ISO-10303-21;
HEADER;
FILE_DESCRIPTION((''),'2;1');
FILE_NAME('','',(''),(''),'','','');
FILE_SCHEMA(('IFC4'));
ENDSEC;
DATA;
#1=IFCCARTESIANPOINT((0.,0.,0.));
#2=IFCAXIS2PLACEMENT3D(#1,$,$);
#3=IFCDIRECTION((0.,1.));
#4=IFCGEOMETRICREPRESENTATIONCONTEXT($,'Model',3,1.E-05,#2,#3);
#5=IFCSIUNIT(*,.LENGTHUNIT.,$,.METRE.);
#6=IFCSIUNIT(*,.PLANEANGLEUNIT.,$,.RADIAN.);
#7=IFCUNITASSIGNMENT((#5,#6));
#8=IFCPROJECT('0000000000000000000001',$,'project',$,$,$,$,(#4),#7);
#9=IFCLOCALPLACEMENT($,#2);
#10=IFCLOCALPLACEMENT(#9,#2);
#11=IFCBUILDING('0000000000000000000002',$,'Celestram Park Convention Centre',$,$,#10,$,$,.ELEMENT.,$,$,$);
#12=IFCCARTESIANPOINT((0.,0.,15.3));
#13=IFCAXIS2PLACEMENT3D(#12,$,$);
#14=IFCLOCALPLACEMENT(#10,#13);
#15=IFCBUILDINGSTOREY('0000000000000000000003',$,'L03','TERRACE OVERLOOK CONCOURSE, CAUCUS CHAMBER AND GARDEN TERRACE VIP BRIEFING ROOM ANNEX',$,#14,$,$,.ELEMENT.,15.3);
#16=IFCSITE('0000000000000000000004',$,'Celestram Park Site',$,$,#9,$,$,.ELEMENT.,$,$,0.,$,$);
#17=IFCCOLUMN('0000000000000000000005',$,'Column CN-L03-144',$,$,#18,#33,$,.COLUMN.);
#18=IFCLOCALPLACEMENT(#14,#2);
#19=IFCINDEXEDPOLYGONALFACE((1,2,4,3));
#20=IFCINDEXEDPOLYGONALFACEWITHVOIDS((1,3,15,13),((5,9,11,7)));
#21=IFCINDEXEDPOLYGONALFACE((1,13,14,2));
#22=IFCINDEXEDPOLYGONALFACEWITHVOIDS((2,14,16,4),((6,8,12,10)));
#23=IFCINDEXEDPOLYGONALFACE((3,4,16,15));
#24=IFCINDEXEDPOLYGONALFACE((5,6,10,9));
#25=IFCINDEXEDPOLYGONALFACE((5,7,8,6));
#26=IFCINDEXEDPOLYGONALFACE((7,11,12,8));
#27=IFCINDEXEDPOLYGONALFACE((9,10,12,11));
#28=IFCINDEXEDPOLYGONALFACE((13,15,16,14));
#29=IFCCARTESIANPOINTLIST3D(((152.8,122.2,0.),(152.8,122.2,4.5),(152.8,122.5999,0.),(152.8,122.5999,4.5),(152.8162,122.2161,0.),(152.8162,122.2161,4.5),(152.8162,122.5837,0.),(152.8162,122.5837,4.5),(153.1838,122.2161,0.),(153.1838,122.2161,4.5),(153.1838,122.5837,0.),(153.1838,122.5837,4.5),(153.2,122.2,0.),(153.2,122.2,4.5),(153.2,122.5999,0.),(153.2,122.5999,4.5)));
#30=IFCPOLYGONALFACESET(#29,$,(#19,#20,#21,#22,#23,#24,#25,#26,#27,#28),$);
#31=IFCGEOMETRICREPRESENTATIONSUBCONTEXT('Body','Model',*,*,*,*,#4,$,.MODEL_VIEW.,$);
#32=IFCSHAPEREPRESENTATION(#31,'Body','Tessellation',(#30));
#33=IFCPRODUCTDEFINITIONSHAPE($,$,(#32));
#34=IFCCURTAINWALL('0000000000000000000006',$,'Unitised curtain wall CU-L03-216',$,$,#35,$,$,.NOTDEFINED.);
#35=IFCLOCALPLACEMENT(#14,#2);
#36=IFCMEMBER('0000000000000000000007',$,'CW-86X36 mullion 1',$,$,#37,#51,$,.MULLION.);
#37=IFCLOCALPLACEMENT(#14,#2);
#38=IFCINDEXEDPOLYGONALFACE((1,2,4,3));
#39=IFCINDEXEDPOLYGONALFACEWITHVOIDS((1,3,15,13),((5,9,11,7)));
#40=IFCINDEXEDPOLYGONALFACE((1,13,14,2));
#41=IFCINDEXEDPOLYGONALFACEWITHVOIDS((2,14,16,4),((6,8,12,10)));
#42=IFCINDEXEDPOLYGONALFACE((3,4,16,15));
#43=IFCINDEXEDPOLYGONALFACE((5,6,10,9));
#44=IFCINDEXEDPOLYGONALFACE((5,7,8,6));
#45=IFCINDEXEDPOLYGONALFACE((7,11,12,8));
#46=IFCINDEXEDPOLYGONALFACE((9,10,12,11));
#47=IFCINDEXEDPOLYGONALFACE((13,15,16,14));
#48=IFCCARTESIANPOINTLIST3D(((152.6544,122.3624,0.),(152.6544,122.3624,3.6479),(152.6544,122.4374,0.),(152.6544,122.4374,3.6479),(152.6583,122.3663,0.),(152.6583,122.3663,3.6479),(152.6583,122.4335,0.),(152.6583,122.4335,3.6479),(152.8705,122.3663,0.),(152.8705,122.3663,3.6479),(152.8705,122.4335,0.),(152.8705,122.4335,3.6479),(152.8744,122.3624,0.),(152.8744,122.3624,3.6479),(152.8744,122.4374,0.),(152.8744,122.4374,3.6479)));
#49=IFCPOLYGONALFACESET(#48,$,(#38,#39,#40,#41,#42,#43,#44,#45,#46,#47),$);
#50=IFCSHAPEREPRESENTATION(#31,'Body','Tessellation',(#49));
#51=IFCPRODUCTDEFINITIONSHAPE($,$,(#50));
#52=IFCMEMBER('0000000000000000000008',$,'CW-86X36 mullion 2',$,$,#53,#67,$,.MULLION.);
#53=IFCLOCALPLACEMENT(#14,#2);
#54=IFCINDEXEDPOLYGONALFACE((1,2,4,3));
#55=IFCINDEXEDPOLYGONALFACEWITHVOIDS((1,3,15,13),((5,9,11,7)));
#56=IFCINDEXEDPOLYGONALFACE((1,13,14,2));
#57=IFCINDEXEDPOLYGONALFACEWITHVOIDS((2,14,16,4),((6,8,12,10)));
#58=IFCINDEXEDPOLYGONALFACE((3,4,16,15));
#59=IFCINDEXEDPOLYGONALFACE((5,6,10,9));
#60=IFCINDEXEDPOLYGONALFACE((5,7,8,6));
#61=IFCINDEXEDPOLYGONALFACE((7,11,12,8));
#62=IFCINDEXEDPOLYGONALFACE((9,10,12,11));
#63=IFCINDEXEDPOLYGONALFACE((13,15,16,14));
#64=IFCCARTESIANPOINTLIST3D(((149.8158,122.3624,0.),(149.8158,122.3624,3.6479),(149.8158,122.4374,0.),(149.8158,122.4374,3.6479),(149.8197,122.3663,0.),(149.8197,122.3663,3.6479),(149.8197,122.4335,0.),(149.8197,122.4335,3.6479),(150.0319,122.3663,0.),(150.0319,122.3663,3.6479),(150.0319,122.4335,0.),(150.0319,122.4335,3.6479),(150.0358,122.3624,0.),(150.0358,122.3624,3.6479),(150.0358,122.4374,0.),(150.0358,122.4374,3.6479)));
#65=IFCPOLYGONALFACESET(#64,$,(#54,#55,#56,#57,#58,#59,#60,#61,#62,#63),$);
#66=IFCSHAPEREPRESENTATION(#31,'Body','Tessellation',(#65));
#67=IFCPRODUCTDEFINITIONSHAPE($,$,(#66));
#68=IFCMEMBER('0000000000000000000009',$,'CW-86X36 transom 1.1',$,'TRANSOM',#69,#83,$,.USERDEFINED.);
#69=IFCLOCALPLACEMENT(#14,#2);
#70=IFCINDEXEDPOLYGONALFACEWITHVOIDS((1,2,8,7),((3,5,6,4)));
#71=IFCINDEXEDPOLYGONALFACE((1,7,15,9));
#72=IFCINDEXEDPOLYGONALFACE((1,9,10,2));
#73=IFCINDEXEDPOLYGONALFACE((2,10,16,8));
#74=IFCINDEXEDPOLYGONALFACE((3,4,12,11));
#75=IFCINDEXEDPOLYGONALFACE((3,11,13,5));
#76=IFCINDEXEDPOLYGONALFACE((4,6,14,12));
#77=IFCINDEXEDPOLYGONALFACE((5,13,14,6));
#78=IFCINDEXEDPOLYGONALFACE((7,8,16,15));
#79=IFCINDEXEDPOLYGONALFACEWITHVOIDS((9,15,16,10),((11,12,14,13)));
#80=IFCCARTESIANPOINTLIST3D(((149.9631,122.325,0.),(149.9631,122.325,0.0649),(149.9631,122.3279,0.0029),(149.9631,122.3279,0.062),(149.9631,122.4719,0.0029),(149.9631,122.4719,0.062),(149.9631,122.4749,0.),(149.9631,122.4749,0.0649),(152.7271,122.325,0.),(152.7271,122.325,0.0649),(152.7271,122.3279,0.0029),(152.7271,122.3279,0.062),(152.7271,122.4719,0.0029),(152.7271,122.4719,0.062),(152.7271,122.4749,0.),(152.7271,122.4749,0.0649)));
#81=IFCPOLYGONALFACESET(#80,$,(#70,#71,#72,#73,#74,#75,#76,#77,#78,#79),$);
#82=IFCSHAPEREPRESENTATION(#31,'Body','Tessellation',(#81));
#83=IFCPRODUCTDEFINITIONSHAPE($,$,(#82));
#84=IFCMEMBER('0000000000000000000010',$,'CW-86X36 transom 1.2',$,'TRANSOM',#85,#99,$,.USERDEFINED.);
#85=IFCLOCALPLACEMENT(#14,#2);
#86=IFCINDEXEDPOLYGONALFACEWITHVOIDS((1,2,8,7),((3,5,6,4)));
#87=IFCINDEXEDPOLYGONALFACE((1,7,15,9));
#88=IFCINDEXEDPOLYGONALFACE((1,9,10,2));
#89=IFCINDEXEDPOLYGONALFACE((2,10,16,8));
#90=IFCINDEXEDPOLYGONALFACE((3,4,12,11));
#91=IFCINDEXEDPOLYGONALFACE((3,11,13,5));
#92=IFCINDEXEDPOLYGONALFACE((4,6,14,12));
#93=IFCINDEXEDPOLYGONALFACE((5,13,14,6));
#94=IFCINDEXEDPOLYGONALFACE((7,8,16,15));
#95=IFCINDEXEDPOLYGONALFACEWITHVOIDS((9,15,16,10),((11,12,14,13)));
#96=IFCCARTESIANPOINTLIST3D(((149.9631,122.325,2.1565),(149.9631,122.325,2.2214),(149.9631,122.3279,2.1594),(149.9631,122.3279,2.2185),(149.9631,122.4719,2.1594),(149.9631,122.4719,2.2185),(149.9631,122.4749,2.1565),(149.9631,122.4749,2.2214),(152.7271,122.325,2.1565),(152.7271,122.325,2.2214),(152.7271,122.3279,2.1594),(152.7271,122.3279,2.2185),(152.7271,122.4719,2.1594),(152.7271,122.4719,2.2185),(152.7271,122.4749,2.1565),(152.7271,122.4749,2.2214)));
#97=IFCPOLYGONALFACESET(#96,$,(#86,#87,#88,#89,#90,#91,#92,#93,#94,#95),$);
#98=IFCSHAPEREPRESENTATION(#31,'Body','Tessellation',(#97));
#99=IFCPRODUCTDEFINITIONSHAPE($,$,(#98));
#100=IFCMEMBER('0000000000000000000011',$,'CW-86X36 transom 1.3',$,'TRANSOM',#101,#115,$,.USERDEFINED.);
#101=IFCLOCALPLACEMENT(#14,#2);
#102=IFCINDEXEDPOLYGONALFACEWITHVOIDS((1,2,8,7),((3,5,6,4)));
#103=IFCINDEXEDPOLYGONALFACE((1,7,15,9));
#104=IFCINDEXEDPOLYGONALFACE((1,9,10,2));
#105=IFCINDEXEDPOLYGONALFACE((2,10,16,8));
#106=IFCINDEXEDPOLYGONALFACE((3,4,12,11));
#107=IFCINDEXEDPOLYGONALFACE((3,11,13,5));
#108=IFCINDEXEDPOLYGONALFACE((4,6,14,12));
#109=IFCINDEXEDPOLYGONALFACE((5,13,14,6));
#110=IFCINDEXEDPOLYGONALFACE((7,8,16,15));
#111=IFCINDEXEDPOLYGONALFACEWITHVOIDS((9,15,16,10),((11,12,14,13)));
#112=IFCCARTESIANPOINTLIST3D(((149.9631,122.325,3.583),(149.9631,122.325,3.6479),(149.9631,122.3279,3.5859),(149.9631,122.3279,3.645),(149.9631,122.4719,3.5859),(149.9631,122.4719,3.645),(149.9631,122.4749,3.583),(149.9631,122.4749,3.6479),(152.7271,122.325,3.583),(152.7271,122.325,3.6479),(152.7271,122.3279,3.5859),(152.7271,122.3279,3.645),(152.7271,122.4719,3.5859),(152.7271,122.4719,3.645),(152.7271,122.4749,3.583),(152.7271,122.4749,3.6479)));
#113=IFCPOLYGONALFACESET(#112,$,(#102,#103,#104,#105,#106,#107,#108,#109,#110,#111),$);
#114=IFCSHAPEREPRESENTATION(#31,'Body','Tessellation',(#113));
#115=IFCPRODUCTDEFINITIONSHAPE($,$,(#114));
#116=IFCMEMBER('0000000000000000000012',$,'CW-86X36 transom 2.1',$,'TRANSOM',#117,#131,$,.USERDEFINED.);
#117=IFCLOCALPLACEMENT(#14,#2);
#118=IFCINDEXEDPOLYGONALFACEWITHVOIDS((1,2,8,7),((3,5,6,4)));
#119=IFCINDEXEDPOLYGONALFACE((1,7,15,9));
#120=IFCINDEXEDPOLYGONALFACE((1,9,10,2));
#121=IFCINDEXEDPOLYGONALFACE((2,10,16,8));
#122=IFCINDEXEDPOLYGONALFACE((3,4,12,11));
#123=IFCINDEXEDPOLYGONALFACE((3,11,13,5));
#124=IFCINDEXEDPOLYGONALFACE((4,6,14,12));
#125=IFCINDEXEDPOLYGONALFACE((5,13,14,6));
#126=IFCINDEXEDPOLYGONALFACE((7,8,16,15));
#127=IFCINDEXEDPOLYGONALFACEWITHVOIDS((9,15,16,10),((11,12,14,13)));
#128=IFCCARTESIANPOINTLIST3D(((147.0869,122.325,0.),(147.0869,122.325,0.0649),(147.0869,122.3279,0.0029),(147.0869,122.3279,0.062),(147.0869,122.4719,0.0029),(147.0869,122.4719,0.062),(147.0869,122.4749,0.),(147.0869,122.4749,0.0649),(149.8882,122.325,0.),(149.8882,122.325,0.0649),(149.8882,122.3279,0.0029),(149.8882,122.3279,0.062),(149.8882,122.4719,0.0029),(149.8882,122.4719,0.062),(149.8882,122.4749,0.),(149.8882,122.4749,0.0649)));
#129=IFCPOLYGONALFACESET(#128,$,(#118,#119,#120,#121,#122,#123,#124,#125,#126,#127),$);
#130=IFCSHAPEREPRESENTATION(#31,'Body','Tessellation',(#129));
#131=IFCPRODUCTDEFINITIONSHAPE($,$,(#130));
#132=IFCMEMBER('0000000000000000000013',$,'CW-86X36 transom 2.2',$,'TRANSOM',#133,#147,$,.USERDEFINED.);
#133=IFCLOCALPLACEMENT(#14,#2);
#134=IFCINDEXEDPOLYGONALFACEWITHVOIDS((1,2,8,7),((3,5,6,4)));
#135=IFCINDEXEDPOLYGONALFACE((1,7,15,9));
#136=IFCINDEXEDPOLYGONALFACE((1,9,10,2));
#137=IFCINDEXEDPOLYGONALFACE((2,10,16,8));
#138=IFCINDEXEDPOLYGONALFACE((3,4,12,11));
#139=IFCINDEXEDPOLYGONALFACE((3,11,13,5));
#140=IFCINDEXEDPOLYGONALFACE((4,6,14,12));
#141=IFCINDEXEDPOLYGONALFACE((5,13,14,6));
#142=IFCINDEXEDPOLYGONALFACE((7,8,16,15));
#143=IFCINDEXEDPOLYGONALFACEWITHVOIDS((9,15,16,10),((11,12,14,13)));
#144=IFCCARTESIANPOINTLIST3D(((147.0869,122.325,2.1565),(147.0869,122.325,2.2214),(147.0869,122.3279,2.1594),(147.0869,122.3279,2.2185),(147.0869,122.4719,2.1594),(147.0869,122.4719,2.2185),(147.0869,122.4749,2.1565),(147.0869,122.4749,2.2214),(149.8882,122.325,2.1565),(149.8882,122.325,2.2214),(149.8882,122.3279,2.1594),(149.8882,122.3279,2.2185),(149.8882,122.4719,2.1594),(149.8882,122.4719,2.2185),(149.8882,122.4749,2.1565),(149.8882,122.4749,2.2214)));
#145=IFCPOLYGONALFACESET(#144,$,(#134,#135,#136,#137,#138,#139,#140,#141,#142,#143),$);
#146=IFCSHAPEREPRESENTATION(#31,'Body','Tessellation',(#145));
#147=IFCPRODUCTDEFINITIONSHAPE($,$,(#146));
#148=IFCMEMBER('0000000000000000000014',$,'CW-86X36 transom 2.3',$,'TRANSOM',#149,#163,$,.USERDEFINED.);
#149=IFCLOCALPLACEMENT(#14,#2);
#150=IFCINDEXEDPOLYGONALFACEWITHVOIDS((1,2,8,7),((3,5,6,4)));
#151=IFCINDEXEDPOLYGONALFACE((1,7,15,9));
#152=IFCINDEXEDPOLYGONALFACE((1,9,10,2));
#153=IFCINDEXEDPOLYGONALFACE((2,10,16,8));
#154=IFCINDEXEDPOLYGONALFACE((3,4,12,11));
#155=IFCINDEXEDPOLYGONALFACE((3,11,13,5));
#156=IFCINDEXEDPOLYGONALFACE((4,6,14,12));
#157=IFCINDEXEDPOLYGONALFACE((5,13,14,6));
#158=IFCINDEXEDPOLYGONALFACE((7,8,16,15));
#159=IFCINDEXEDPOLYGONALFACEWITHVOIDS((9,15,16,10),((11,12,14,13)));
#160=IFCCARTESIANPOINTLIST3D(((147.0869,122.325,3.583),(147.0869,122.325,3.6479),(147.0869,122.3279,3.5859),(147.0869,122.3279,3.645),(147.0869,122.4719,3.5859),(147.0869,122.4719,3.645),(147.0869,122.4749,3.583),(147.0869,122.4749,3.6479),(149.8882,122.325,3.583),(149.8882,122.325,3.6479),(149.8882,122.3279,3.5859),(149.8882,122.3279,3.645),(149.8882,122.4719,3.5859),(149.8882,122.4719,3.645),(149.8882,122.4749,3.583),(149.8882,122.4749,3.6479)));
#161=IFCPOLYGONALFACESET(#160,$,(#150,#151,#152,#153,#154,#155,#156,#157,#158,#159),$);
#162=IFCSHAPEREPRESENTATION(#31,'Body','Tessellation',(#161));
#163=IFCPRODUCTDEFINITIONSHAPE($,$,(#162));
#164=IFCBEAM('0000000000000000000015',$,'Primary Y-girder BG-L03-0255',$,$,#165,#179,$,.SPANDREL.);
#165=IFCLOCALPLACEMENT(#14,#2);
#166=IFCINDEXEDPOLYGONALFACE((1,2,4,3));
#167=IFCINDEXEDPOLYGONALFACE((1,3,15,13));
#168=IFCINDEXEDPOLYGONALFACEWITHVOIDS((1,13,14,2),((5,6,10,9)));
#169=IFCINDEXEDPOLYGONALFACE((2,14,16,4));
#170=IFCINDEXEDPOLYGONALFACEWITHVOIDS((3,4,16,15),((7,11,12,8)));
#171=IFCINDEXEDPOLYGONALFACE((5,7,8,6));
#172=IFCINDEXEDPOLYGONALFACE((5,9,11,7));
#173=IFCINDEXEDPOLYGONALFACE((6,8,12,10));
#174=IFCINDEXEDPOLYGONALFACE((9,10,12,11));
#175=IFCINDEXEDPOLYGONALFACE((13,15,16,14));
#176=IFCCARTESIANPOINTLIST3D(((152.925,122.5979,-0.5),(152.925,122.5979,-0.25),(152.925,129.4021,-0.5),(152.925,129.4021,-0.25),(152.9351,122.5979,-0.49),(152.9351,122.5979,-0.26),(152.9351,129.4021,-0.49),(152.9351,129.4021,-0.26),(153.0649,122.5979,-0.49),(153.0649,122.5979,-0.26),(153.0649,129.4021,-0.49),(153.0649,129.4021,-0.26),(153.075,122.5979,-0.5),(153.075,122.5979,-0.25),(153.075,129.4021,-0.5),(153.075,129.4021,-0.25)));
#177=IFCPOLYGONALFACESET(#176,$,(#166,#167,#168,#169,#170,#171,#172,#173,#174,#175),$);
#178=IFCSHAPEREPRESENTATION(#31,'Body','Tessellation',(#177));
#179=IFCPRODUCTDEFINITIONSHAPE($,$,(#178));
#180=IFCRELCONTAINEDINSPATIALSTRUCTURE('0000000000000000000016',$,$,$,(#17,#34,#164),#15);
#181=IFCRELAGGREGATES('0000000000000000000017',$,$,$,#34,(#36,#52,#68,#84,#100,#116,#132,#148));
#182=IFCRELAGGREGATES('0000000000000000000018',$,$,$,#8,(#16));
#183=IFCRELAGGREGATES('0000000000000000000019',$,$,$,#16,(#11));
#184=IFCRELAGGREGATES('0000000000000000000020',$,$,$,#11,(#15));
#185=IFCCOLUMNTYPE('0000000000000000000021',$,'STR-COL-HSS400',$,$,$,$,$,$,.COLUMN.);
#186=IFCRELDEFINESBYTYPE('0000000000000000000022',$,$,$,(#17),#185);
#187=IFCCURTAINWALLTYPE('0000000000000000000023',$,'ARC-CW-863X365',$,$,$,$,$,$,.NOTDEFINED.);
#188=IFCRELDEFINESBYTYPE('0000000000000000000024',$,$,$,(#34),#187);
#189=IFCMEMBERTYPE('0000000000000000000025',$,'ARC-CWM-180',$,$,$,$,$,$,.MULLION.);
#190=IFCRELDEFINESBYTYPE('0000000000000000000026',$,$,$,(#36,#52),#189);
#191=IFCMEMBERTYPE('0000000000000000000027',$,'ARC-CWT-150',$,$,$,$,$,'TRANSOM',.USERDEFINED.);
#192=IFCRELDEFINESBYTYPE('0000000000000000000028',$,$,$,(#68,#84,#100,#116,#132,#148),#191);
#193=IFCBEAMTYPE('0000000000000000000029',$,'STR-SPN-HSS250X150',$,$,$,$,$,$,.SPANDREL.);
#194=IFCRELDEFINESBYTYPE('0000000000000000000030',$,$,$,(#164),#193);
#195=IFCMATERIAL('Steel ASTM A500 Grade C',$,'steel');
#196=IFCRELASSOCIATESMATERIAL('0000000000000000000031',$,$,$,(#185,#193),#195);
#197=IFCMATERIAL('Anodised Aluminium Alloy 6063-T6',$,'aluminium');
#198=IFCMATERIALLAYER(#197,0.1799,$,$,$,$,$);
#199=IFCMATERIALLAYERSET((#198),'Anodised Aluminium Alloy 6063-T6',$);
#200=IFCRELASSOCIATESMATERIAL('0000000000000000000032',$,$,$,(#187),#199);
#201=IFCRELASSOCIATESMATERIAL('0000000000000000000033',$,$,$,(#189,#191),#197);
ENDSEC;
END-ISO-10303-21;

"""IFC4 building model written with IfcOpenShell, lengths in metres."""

from ifc_helpers import new_model, si_unit, direction, frame, origin, origin_2d, place, context, subcontext, project, spatial, hollow_rectangle, extrude, material, layer, layer_set, material_profile, profile_set, type_object, element, aggregate, save


model = new_model("IFC4")

# Units and contexts
model_context = context("Model", 3, precision=1e-05, world=origin(), true_north=direction((0.0, 1.0)))
body_context = subcontext(model_context, "Body", "Model", "MODEL_VIEW")
ifc_project = project(units=[si_unit("LENGTHUNIT", "METRE"), si_unit("PLANEANGLEUNIT", "RADIAN")], contexts=[model_context])

# Site, building, storey
site_placement = place(None, origin())
site = spatial("IfcSite", under=ifc_project, at=site_placement, Name="Celestram Park Site", CompositionType="ELEMENT", RefElevation=0.0)
building_placement = place(site_placement, origin())
building = spatial("IfcBuilding", under=site, at=building_placement, Name="Celestram Park Convention Centre", CompositionType="ELEMENT")
storey_placement = place(building_placement, frame((0.0, 0.0, 15.3)))
storey = spatial("IfcBuildingStorey", under=building, at=storey_placement, Name="L03", Description="TERRACE OVERLOOK CONCOURSE, CAUCUS CHAMBER AND GARDEN TERRACE VIP BRIEFING ROOM ANNEX", CompositionType="ELEMENT", Elevation=15.3)

# Column
ifc_material_1 = material(Name="Steel ASTM A500 Grade C", Category="steel")
ifc_material_profile_1 = material_profile(ifc_material_1, hollow_rectangle(XDim=0.3999, YDim=0.3999, WallThickness=0.0161, at=origin_2d()), Name="HSS400X400X16")
ifc_profile_set_1 = profile_set([ifc_material_profile_1], Name="Steel ASTM A500 Grade C")
column_type = type_object("IfcColumnType", Name="STR-COL-HSS400", PredefinedType="COLUMN", material=ifc_profile_set_1)
column_placement = place(storey_placement, frame((153.0, 122.3999, 0.0), z_axis=(0.0, 0.0, 1.0), x_axis=(1.0, 0.0, 0.0)))
element("IfcColumn", 1, at=column_placement, inside=storey, type_object=column_type, Name="Column CN-L03-144", PredefinedType="COLUMN", context=body_context, shape_type="SweptSolid", body=[
    extrude(hollow_rectangle(XDim=0.3999, YDim=0.3999, WallThickness=0.0161, at=origin_2d()), origin(), (0.0, 0.0, 1.0), 4.5),
])

# Curtain wall, members
ifc_material_2 = material(Name="Anodised Aluminium Alloy 6063-T6", Category="aluminium")
ifc_layer_1 = layer(ifc_material_2, 0.1799)
ifc_layer_set_1 = layer_set([ifc_layer_1], Name="Anodised Aluminium Alloy 6063-T6")
curtain_wall_type = type_object("IfcCurtainWallType", Name="ARC-CW-863X365", PredefinedType="NOTDEFINED", material=ifc_layer_set_1)
curtain_wall_placement = place(storey_placement, origin())
curtain_wall = element("IfcCurtainWall", 2, at=curtain_wall_placement, inside=storey, type_object=curtain_wall_type, Name="Unitised curtain wall CU-L03-216", PredefinedType="NOTDEFINED")
ifc_material_profile_2 = material_profile(ifc_material_2, hollow_rectangle(XDim=0.075, YDim=0.22, WallThickness=0.0039, at=origin_2d()), Name="ALU75X220X4")
ifc_profile_set_2 = profile_set([ifc_material_profile_2], Name="Anodised Aluminium Alloy 6063-T6")
member_type_1 = type_object("IfcMemberType", Name="ARC-CWM-180", PredefinedType="MULLION", material=ifc_profile_set_2)
member_1_placement = place(storey_placement, frame((152.7644, 122.3999, 0.0), z_axis=(0.0, 0.0, 1.0), x_axis=(0.0, -1.0, 0.0)))
member_1 = element("IfcMember", 3, at=member_1_placement, type_object=member_type_1, Name="CW-86X36 mullion 1", PredefinedType="MULLION", context=body_context, shape_type="SweptSolid", body=[
    extrude(hollow_rectangle(XDim=0.075, YDim=0.22, WallThickness=0.0039, at=origin_2d()), origin(), (0.0, 0.0, 1.0), 3.6479),
])
member_2_placement = place(storey_placement, frame((149.9258, 122.3999, 0.0), z_axis=(0.0, 0.0, 1.0), x_axis=(0.0, -1.0, 0.0)))
member_2 = element("IfcMember", 4, at=member_2_placement, type_object=member_type_1, Name="CW-86X36 mullion 2", PredefinedType="MULLION", context=body_context, shape_type="SweptSolid", body=[
    extrude(hollow_rectangle(XDim=0.075, YDim=0.22, WallThickness=0.0039, at=origin_2d()), origin(), (0.0, 0.0, 1.0), 3.6479),
])
ifc_material_profile_3 = material_profile(ifc_material_2, hollow_rectangle(XDim=0.1499, YDim=0.0649, WallThickness=0.0029, at=origin_2d()), Name="ALU150X65X3")
ifc_profile_set_3 = profile_set([ifc_material_profile_3], Name="Anodised Aluminium Alloy 6063-T6")
member_type_2 = type_object("IfcMemberType", Name="ARC-CWT-150", ElementType="TRANSOM", PredefinedType="USERDEFINED", material=ifc_profile_set_3)
member_3_placement = place(storey_placement, frame((152.7271, 122.3999, 0.0325), z_axis=(-1.0, 0.0, 0.0), x_axis=(0.0, -1.0, 0.0)))
member_3 = element("IfcMember", 5, at=member_3_placement, type_object=member_type_2, Name="CW-86X36 transom 1.1", ObjectType="TRANSOM", PredefinedType="USERDEFINED", context=body_context, shape_type="SweptSolid", body=[
    extrude(hollow_rectangle(XDim=0.1499, YDim=0.0649, WallThickness=0.0029, at=origin_2d()), origin(), (0.0, 0.0, 1.0), 2.7639),
])
member_4_placement = place(storey_placement, frame((152.7271, 122.3999, 2.189), z_axis=(-1.0, 0.0, 0.0), x_axis=(0.0, -1.0, 0.0)))
member_4 = element("IfcMember", 6, at=member_4_placement, type_object=member_type_2, Name="CW-86X36 transom 1.2", ObjectType="TRANSOM", PredefinedType="USERDEFINED", context=body_context, shape_type="SweptSolid", body=[
    extrude(hollow_rectangle(XDim=0.1499, YDim=0.0649, WallThickness=0.0029, at=origin_2d()), origin(), (0.0, 0.0, 1.0), 2.7639),
])
member_5_placement = place(storey_placement, frame((152.7271, 122.3999, 3.6155), z_axis=(-1.0, 0.0, 0.0), x_axis=(0.0, -1.0, 0.0)))
member_5 = element("IfcMember", 7, at=member_5_placement, type_object=member_type_2, Name="CW-86X36 transom 1.3", ObjectType="TRANSOM", PredefinedType="USERDEFINED", context=body_context, shape_type="SweptSolid", body=[
    extrude(hollow_rectangle(XDim=0.1499, YDim=0.0649, WallThickness=0.0029, at=origin_2d()), origin(), (0.0, 0.0, 1.0), 2.7639),
])
member_6_placement = place(storey_placement, frame((149.8882, 122.3999, 0.0325), z_axis=(-1.0, 0.0, 0.0), x_axis=(0.0, -1.0, 0.0)))
member_6 = element("IfcMember", 8, at=member_6_placement, type_object=member_type_2, Name="CW-86X36 transom 2.1", ObjectType="TRANSOM", PredefinedType="USERDEFINED", context=body_context, shape_type="SweptSolid", body=[
    extrude(hollow_rectangle(XDim=0.1499, YDim=0.0649, WallThickness=0.0029, at=origin_2d()), origin(), (0.0, 0.0, 1.0), 2.8013),
])
member_7_placement = place(storey_placement, frame((149.8882, 122.3999, 2.189), z_axis=(-1.0, 0.0, 0.0), x_axis=(0.0, -1.0, 0.0)))
member_7 = element("IfcMember", 9, at=member_7_placement, type_object=member_type_2, Name="CW-86X36 transom 2.2", ObjectType="TRANSOM", PredefinedType="USERDEFINED", context=body_context, shape_type="SweptSolid", body=[
    extrude(hollow_rectangle(XDim=0.1499, YDim=0.0649, WallThickness=0.0029, at=origin_2d()), origin(), (0.0, 0.0, 1.0), 2.8013),
])
member_8_placement = place(storey_placement, frame((149.8882, 122.3999, 3.6155), z_axis=(-1.0, 0.0, 0.0), x_axis=(0.0, -1.0, 0.0)))
member_8 = element("IfcMember", 10, at=member_8_placement, type_object=member_type_2, Name="CW-86X36 transom 2.3", ObjectType="TRANSOM", PredefinedType="USERDEFINED", context=body_context, shape_type="SweptSolid", body=[
    extrude(hollow_rectangle(XDim=0.1499, YDim=0.0649, WallThickness=0.0029, at=origin_2d()), origin(), (0.0, 0.0, 1.0), 2.8013),
])

# Beam
ifc_material_profile_4 = material_profile(ifc_material_1, hollow_rectangle(XDim=0.1499, YDim=0.25, WallThickness=0.01, at=origin_2d()), Name="HSS250X150X10")
ifc_profile_set_4 = profile_set([ifc_material_profile_4], Name="Steel ASTM A500 Grade C")
beam_type = type_object("IfcBeamType", Name="STR-SPN-HSS250X150", PredefinedType="SPANDREL", material=ifc_profile_set_4)
beam_placement = place(storey_placement, frame((153.0, 122.5979, -0.375), z_axis=(0.0, 1.0, 0.0), x_axis=(-1.0, 0.0, 0.0)))
element("IfcBeam", 11, at=beam_placement, inside=storey, type_object=beam_type, Name="Primary Y-girder BG-L03-0255", PredefinedType="SPANDREL", context=body_context, shape_type="SweptSolid", body=[
    extrude(hollow_rectangle(XDim=0.1499, YDim=0.25, WallThickness=0.01, at=origin_2d()), origin(), (0.0, 0.0, 1.0), 6.8042),
])

aggregate(curtain_wall, [member_1, member_2, member_3, member_4, member_5, member_6, member_7, member_8])

save(model, "model.ifc")
